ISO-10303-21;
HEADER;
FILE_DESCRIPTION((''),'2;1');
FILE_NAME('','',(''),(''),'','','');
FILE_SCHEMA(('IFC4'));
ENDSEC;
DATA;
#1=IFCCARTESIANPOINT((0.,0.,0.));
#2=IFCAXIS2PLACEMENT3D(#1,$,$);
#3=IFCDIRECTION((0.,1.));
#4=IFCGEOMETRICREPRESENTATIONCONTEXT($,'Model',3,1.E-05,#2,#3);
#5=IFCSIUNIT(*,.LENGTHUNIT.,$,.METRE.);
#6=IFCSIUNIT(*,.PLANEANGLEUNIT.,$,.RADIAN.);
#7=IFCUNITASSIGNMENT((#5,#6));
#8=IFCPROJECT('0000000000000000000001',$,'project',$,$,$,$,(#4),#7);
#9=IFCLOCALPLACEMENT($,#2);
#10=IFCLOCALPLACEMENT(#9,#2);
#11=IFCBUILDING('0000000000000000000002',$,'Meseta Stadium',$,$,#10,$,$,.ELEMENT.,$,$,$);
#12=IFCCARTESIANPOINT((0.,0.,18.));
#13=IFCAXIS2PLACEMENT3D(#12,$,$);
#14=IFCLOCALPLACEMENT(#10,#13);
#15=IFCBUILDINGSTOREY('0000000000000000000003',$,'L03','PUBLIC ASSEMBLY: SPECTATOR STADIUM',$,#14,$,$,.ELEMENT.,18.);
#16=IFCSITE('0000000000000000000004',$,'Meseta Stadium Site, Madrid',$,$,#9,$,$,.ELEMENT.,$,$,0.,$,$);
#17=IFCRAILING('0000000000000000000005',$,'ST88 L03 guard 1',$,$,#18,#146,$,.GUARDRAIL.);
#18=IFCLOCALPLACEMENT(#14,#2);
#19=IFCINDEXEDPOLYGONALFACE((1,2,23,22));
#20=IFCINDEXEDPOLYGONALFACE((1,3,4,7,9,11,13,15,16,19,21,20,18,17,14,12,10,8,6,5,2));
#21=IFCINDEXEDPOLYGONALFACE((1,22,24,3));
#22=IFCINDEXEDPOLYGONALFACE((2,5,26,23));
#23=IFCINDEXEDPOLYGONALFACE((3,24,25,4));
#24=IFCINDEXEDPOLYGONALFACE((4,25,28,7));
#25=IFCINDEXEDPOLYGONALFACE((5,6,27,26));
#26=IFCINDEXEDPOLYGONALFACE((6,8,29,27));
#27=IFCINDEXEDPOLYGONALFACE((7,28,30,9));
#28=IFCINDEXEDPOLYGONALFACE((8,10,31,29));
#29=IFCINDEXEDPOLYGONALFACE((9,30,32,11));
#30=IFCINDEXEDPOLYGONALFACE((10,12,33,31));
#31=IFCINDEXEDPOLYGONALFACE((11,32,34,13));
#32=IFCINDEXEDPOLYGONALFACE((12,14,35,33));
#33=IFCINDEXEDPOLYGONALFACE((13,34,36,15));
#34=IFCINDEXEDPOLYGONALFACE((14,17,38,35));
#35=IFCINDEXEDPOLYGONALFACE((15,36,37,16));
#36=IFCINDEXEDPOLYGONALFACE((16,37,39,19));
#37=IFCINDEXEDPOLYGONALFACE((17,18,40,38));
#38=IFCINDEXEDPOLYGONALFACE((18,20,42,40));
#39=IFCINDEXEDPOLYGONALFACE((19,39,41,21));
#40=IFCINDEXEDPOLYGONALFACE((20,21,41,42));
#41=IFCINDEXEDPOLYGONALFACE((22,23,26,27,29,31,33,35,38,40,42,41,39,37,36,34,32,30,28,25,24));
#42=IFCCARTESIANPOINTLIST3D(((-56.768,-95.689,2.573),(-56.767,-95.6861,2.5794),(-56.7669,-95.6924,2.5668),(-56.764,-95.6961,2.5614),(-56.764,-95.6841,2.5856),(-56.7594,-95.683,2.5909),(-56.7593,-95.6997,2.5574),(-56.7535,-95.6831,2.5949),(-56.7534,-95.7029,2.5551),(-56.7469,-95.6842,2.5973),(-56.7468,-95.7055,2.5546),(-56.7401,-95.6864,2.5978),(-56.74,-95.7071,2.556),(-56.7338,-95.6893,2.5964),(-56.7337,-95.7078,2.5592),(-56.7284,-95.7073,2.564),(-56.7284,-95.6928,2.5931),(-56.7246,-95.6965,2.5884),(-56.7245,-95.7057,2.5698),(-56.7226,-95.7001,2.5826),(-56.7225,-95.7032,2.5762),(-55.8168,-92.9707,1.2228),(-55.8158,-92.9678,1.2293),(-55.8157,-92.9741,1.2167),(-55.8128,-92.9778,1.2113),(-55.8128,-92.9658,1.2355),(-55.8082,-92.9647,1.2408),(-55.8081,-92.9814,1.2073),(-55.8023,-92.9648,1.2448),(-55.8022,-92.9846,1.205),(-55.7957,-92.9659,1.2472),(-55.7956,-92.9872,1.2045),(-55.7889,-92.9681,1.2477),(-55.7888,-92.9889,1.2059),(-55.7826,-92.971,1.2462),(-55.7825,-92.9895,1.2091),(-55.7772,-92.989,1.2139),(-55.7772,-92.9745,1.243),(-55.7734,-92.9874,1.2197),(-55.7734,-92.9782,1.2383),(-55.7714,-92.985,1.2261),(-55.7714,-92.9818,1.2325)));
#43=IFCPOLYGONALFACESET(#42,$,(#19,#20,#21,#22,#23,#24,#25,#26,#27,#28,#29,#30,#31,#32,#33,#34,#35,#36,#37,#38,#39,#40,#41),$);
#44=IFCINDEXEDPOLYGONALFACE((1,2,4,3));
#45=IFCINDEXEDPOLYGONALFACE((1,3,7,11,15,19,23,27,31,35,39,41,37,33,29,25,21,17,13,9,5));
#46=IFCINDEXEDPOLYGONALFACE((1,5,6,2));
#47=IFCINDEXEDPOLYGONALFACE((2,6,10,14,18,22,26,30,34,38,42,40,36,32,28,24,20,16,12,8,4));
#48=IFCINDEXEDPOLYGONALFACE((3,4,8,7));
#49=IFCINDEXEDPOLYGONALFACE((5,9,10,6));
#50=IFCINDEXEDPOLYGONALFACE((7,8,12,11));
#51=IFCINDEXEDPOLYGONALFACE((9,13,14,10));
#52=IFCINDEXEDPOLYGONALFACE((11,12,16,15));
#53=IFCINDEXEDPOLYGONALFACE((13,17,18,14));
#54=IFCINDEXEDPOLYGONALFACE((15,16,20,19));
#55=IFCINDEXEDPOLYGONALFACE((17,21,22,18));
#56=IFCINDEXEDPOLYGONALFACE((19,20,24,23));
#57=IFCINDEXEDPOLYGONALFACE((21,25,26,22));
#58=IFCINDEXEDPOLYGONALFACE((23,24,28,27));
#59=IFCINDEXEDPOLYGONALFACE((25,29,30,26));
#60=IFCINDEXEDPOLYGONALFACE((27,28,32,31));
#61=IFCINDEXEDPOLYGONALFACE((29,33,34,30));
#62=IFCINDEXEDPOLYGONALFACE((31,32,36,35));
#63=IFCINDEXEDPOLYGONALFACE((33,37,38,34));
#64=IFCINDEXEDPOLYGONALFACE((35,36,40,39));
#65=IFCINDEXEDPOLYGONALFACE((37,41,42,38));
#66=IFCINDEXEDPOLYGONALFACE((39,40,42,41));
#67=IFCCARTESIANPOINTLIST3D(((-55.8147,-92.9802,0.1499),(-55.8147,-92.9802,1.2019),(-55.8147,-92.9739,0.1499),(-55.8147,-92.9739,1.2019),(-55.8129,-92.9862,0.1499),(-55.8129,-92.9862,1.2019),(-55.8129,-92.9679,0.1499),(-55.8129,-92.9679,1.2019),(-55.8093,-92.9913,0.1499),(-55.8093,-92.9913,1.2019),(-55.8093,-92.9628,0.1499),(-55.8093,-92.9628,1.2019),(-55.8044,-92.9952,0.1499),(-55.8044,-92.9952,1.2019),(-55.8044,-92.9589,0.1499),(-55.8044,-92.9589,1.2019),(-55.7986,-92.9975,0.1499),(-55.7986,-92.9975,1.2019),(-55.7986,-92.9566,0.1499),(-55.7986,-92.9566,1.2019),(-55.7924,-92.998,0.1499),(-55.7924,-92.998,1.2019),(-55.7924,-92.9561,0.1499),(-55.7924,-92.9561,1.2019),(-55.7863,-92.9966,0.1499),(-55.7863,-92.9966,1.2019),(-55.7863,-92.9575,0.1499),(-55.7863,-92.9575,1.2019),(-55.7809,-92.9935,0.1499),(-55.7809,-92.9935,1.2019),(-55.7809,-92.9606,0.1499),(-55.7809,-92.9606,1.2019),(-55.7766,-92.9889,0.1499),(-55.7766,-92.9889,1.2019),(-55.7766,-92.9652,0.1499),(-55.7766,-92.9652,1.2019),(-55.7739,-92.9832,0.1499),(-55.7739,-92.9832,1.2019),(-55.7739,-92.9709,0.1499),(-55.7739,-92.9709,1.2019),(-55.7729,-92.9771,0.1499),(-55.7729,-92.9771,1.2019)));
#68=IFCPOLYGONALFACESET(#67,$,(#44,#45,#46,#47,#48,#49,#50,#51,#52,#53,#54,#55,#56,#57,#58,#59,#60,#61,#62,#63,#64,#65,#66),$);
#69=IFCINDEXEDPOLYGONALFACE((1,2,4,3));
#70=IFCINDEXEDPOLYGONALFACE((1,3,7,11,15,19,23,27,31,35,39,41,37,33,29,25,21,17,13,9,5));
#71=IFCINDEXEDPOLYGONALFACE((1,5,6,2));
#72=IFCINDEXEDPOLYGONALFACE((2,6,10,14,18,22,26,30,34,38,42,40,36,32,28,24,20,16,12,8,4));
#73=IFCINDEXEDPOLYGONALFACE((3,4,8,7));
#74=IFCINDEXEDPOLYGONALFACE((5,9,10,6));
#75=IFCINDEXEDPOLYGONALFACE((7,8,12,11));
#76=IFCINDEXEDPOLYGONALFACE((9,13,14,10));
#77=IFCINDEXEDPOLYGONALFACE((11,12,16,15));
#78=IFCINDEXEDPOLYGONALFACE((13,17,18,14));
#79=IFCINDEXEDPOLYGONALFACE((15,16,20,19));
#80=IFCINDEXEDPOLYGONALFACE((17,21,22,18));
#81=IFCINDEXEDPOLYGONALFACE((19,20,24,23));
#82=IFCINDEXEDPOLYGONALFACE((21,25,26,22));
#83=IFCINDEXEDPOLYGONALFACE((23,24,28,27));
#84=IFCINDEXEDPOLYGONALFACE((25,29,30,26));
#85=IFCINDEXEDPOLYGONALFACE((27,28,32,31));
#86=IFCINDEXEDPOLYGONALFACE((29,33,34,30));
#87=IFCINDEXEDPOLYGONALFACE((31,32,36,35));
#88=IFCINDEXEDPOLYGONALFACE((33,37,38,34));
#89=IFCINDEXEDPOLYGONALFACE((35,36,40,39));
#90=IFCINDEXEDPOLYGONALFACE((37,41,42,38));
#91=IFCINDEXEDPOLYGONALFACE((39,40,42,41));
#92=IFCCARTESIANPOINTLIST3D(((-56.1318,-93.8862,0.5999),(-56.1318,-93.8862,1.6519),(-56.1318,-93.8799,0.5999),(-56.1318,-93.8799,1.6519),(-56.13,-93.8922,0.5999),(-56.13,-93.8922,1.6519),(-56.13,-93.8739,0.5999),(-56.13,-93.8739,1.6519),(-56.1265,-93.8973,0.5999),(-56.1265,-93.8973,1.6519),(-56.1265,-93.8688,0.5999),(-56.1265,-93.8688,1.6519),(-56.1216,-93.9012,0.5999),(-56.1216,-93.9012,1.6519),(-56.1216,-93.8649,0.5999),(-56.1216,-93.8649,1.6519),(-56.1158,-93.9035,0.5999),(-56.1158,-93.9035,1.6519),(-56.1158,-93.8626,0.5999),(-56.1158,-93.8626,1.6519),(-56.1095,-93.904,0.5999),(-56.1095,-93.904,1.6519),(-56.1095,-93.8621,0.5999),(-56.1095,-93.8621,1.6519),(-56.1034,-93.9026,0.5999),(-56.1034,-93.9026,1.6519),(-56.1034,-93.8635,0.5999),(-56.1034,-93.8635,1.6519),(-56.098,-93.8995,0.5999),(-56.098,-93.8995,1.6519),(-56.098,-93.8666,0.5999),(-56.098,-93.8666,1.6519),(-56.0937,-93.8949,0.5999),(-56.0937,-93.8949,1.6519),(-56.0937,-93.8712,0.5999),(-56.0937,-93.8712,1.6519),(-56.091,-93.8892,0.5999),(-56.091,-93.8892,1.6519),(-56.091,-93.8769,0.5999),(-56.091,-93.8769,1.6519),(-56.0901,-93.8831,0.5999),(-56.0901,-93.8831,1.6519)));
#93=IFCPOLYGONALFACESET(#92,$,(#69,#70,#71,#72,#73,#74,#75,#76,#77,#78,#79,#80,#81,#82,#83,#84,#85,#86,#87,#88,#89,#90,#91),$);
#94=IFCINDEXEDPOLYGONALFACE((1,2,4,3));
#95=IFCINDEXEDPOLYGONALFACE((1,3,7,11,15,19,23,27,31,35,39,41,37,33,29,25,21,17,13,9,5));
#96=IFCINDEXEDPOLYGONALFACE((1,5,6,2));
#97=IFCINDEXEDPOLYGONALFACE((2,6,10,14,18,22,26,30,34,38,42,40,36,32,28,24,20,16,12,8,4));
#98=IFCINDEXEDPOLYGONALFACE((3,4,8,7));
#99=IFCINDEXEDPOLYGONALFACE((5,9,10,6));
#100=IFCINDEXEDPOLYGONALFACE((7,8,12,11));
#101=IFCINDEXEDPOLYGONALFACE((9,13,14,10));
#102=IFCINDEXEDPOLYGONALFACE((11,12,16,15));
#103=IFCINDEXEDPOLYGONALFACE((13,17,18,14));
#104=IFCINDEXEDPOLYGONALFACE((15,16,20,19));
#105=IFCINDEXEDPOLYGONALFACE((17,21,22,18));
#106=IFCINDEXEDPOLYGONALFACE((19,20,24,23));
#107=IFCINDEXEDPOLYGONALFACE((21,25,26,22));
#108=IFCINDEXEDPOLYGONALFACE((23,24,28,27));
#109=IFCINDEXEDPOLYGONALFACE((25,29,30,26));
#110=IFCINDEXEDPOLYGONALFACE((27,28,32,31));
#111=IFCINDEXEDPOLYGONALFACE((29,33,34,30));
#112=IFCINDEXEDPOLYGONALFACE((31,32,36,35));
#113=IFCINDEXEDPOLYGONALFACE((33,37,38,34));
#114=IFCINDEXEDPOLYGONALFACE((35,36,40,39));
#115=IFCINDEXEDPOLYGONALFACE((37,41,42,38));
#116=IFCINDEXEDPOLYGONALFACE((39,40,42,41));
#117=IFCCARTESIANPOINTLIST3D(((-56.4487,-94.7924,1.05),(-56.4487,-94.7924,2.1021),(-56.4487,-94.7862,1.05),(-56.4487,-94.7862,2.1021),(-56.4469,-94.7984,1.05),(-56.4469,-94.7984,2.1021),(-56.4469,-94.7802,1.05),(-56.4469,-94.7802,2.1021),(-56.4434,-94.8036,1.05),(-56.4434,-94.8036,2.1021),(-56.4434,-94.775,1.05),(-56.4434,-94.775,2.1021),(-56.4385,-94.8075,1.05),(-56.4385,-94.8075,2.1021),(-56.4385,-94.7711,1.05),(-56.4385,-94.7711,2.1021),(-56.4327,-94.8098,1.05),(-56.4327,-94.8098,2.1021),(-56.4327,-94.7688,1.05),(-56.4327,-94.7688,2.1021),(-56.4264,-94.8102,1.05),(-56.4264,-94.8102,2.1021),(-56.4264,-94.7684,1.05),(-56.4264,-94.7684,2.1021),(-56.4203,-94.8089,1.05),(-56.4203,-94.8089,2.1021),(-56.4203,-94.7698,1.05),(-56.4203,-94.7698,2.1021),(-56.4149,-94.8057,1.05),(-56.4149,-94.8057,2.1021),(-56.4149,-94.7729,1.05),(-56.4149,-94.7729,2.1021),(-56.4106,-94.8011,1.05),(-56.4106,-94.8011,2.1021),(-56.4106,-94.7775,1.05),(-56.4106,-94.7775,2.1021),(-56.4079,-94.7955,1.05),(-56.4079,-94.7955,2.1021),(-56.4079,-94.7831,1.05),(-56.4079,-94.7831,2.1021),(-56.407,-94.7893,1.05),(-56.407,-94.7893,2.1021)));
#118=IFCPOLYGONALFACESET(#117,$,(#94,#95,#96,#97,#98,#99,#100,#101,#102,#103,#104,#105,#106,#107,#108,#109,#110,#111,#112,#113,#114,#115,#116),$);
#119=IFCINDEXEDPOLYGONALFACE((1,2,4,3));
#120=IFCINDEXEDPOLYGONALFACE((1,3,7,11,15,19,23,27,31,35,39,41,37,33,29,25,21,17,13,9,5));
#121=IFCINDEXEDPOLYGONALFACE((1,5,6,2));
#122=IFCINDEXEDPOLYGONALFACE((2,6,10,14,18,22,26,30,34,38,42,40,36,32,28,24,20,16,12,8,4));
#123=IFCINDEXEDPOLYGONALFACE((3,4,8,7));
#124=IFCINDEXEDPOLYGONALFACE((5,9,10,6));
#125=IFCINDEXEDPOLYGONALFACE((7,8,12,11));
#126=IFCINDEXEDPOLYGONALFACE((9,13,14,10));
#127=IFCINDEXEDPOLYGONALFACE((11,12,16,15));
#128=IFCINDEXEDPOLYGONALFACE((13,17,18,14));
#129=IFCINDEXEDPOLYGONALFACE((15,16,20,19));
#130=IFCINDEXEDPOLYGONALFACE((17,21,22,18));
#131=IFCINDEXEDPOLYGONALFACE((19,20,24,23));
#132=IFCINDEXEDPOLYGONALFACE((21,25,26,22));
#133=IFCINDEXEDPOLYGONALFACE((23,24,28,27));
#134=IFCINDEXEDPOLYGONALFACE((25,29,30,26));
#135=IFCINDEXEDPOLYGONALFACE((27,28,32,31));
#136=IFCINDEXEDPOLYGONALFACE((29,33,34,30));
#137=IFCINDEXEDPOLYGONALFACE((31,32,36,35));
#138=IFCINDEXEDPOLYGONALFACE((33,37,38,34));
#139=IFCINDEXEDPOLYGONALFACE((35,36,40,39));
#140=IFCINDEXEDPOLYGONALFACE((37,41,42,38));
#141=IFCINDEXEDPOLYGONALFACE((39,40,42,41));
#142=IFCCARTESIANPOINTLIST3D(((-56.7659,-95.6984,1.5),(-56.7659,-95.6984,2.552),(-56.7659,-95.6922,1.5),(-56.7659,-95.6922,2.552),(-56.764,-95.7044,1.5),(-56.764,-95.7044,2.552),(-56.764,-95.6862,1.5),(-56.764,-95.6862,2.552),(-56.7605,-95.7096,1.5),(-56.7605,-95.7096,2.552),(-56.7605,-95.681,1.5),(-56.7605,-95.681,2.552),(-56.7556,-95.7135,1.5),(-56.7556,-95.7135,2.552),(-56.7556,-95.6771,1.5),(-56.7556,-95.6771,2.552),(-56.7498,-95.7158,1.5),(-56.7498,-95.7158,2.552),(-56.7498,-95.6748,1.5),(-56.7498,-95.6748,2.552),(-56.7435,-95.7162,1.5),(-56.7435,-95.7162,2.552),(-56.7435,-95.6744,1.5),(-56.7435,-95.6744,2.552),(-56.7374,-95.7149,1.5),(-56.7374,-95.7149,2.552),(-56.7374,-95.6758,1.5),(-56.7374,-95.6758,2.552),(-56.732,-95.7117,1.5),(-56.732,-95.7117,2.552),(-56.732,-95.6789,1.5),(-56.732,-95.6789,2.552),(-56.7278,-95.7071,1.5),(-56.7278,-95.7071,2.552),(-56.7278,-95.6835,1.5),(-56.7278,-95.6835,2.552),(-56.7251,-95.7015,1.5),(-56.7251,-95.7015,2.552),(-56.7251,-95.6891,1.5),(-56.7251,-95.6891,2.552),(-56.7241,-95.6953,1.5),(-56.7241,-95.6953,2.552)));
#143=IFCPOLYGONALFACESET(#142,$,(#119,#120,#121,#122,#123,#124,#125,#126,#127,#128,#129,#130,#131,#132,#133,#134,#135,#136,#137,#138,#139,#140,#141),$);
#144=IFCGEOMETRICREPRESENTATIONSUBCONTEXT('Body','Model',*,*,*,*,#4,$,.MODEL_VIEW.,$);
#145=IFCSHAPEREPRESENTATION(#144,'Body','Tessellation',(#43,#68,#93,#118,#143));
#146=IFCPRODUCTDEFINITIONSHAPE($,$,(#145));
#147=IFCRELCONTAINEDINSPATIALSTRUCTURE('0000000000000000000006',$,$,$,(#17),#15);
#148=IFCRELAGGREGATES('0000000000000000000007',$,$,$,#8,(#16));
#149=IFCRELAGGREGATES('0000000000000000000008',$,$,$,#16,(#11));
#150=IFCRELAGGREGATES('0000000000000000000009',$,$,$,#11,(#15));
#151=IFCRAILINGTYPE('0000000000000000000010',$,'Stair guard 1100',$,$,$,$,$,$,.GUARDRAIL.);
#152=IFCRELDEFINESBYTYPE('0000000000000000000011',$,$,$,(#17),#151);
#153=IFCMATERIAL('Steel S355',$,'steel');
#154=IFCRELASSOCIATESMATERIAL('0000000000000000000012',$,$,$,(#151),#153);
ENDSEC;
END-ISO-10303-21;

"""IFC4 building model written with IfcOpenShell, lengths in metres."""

from ifc_helpers import new_model, si_unit, direction, frame, origin, origin_2d, place, context, subcontext, project, spatial, circle, extrude, material, type_object, element, save


model = new_model("IFC4")

# Units and contexts
model_context = context("Model", 3, precision=1e-05, world=origin(), true_north=direction((0.0, 1.0)))
body_context = subcontext(model_context, "Body", "Model", "MODEL_VIEW")
ifc_project = project(units=[si_unit("LENGTHUNIT", "METRE"), si_unit("PLANEANGLEUNIT", "RADIAN")], contexts=[model_context])

# Site, building, storey
site_placement = place(None, origin())
site = spatial("IfcSite", under=ifc_project, at=site_placement, Name="Meseta Stadium Site, Madrid", CompositionType="ELEMENT", RefElevation=0.0)
building_placement = place(site_placement, origin())
building = spatial("IfcBuilding", under=site, at=building_placement, Name="Meseta Stadium", CompositionType="ELEMENT")
storey_placement = place(building_placement, frame((0.0, 0.0, 18.0)))
storey = spatial("IfcBuildingStorey", under=building, at=storey_placement, Name="L03", Description="PUBLIC ASSEMBLY: SPECTATOR STADIUM", CompositionType="ELEMENT", Elevation=18.0)

# Railing
ifc_material_1 = material(Name="Steel S355", Category="steel")
railing_type_1 = type_object("IfcRailingType", Name="Stair guard 1100", PredefinedType="GUARDRAIL", material=ifc_material_1)
railing_1_placement = place(storey_placement, frame((-55.7939, -92.9771, 0.1499)))
element("IfcRailing", 1, at=railing_1_placement, inside=storey, type_object=railing_type_1, Name="ST88 L03 guard 1", PredefinedType="GUARDRAIL", context=body_context, shape_type="SweptSolid", body=[
    extrude(circle(Radius=0.0239, at=origin_2d()), frame((0.0, 0.0, 1.0762), z_axis=(-0.299051, -0.854629, 0.424474), x_axis=(0.943882, -0.330282, 0.0)), (0.0, 0.0, 1.0), 3.1807),
    extrude(circle(Radius=0.021, at=origin_2d()), origin(), (0.0, 0.0, 1.0), 1.052),
    extrude(circle(Radius=0.021, at=origin_2d()), frame((-0.3171, -0.906, 0.45)), (0.0, 0.0, 1.0), 1.052),
    extrude(circle(Radius=0.021, at=origin_2d()), frame((-0.634, -1.8123, 0.9001)), (0.0, 0.0, 1.0), 1.052),
    extrude(circle(Radius=0.021, at=origin_2d()), frame((-0.9512, -2.7183, 1.3501)), (0.0, 0.0, 1.0), 1.052),
])

save(model, "model.ifc")
